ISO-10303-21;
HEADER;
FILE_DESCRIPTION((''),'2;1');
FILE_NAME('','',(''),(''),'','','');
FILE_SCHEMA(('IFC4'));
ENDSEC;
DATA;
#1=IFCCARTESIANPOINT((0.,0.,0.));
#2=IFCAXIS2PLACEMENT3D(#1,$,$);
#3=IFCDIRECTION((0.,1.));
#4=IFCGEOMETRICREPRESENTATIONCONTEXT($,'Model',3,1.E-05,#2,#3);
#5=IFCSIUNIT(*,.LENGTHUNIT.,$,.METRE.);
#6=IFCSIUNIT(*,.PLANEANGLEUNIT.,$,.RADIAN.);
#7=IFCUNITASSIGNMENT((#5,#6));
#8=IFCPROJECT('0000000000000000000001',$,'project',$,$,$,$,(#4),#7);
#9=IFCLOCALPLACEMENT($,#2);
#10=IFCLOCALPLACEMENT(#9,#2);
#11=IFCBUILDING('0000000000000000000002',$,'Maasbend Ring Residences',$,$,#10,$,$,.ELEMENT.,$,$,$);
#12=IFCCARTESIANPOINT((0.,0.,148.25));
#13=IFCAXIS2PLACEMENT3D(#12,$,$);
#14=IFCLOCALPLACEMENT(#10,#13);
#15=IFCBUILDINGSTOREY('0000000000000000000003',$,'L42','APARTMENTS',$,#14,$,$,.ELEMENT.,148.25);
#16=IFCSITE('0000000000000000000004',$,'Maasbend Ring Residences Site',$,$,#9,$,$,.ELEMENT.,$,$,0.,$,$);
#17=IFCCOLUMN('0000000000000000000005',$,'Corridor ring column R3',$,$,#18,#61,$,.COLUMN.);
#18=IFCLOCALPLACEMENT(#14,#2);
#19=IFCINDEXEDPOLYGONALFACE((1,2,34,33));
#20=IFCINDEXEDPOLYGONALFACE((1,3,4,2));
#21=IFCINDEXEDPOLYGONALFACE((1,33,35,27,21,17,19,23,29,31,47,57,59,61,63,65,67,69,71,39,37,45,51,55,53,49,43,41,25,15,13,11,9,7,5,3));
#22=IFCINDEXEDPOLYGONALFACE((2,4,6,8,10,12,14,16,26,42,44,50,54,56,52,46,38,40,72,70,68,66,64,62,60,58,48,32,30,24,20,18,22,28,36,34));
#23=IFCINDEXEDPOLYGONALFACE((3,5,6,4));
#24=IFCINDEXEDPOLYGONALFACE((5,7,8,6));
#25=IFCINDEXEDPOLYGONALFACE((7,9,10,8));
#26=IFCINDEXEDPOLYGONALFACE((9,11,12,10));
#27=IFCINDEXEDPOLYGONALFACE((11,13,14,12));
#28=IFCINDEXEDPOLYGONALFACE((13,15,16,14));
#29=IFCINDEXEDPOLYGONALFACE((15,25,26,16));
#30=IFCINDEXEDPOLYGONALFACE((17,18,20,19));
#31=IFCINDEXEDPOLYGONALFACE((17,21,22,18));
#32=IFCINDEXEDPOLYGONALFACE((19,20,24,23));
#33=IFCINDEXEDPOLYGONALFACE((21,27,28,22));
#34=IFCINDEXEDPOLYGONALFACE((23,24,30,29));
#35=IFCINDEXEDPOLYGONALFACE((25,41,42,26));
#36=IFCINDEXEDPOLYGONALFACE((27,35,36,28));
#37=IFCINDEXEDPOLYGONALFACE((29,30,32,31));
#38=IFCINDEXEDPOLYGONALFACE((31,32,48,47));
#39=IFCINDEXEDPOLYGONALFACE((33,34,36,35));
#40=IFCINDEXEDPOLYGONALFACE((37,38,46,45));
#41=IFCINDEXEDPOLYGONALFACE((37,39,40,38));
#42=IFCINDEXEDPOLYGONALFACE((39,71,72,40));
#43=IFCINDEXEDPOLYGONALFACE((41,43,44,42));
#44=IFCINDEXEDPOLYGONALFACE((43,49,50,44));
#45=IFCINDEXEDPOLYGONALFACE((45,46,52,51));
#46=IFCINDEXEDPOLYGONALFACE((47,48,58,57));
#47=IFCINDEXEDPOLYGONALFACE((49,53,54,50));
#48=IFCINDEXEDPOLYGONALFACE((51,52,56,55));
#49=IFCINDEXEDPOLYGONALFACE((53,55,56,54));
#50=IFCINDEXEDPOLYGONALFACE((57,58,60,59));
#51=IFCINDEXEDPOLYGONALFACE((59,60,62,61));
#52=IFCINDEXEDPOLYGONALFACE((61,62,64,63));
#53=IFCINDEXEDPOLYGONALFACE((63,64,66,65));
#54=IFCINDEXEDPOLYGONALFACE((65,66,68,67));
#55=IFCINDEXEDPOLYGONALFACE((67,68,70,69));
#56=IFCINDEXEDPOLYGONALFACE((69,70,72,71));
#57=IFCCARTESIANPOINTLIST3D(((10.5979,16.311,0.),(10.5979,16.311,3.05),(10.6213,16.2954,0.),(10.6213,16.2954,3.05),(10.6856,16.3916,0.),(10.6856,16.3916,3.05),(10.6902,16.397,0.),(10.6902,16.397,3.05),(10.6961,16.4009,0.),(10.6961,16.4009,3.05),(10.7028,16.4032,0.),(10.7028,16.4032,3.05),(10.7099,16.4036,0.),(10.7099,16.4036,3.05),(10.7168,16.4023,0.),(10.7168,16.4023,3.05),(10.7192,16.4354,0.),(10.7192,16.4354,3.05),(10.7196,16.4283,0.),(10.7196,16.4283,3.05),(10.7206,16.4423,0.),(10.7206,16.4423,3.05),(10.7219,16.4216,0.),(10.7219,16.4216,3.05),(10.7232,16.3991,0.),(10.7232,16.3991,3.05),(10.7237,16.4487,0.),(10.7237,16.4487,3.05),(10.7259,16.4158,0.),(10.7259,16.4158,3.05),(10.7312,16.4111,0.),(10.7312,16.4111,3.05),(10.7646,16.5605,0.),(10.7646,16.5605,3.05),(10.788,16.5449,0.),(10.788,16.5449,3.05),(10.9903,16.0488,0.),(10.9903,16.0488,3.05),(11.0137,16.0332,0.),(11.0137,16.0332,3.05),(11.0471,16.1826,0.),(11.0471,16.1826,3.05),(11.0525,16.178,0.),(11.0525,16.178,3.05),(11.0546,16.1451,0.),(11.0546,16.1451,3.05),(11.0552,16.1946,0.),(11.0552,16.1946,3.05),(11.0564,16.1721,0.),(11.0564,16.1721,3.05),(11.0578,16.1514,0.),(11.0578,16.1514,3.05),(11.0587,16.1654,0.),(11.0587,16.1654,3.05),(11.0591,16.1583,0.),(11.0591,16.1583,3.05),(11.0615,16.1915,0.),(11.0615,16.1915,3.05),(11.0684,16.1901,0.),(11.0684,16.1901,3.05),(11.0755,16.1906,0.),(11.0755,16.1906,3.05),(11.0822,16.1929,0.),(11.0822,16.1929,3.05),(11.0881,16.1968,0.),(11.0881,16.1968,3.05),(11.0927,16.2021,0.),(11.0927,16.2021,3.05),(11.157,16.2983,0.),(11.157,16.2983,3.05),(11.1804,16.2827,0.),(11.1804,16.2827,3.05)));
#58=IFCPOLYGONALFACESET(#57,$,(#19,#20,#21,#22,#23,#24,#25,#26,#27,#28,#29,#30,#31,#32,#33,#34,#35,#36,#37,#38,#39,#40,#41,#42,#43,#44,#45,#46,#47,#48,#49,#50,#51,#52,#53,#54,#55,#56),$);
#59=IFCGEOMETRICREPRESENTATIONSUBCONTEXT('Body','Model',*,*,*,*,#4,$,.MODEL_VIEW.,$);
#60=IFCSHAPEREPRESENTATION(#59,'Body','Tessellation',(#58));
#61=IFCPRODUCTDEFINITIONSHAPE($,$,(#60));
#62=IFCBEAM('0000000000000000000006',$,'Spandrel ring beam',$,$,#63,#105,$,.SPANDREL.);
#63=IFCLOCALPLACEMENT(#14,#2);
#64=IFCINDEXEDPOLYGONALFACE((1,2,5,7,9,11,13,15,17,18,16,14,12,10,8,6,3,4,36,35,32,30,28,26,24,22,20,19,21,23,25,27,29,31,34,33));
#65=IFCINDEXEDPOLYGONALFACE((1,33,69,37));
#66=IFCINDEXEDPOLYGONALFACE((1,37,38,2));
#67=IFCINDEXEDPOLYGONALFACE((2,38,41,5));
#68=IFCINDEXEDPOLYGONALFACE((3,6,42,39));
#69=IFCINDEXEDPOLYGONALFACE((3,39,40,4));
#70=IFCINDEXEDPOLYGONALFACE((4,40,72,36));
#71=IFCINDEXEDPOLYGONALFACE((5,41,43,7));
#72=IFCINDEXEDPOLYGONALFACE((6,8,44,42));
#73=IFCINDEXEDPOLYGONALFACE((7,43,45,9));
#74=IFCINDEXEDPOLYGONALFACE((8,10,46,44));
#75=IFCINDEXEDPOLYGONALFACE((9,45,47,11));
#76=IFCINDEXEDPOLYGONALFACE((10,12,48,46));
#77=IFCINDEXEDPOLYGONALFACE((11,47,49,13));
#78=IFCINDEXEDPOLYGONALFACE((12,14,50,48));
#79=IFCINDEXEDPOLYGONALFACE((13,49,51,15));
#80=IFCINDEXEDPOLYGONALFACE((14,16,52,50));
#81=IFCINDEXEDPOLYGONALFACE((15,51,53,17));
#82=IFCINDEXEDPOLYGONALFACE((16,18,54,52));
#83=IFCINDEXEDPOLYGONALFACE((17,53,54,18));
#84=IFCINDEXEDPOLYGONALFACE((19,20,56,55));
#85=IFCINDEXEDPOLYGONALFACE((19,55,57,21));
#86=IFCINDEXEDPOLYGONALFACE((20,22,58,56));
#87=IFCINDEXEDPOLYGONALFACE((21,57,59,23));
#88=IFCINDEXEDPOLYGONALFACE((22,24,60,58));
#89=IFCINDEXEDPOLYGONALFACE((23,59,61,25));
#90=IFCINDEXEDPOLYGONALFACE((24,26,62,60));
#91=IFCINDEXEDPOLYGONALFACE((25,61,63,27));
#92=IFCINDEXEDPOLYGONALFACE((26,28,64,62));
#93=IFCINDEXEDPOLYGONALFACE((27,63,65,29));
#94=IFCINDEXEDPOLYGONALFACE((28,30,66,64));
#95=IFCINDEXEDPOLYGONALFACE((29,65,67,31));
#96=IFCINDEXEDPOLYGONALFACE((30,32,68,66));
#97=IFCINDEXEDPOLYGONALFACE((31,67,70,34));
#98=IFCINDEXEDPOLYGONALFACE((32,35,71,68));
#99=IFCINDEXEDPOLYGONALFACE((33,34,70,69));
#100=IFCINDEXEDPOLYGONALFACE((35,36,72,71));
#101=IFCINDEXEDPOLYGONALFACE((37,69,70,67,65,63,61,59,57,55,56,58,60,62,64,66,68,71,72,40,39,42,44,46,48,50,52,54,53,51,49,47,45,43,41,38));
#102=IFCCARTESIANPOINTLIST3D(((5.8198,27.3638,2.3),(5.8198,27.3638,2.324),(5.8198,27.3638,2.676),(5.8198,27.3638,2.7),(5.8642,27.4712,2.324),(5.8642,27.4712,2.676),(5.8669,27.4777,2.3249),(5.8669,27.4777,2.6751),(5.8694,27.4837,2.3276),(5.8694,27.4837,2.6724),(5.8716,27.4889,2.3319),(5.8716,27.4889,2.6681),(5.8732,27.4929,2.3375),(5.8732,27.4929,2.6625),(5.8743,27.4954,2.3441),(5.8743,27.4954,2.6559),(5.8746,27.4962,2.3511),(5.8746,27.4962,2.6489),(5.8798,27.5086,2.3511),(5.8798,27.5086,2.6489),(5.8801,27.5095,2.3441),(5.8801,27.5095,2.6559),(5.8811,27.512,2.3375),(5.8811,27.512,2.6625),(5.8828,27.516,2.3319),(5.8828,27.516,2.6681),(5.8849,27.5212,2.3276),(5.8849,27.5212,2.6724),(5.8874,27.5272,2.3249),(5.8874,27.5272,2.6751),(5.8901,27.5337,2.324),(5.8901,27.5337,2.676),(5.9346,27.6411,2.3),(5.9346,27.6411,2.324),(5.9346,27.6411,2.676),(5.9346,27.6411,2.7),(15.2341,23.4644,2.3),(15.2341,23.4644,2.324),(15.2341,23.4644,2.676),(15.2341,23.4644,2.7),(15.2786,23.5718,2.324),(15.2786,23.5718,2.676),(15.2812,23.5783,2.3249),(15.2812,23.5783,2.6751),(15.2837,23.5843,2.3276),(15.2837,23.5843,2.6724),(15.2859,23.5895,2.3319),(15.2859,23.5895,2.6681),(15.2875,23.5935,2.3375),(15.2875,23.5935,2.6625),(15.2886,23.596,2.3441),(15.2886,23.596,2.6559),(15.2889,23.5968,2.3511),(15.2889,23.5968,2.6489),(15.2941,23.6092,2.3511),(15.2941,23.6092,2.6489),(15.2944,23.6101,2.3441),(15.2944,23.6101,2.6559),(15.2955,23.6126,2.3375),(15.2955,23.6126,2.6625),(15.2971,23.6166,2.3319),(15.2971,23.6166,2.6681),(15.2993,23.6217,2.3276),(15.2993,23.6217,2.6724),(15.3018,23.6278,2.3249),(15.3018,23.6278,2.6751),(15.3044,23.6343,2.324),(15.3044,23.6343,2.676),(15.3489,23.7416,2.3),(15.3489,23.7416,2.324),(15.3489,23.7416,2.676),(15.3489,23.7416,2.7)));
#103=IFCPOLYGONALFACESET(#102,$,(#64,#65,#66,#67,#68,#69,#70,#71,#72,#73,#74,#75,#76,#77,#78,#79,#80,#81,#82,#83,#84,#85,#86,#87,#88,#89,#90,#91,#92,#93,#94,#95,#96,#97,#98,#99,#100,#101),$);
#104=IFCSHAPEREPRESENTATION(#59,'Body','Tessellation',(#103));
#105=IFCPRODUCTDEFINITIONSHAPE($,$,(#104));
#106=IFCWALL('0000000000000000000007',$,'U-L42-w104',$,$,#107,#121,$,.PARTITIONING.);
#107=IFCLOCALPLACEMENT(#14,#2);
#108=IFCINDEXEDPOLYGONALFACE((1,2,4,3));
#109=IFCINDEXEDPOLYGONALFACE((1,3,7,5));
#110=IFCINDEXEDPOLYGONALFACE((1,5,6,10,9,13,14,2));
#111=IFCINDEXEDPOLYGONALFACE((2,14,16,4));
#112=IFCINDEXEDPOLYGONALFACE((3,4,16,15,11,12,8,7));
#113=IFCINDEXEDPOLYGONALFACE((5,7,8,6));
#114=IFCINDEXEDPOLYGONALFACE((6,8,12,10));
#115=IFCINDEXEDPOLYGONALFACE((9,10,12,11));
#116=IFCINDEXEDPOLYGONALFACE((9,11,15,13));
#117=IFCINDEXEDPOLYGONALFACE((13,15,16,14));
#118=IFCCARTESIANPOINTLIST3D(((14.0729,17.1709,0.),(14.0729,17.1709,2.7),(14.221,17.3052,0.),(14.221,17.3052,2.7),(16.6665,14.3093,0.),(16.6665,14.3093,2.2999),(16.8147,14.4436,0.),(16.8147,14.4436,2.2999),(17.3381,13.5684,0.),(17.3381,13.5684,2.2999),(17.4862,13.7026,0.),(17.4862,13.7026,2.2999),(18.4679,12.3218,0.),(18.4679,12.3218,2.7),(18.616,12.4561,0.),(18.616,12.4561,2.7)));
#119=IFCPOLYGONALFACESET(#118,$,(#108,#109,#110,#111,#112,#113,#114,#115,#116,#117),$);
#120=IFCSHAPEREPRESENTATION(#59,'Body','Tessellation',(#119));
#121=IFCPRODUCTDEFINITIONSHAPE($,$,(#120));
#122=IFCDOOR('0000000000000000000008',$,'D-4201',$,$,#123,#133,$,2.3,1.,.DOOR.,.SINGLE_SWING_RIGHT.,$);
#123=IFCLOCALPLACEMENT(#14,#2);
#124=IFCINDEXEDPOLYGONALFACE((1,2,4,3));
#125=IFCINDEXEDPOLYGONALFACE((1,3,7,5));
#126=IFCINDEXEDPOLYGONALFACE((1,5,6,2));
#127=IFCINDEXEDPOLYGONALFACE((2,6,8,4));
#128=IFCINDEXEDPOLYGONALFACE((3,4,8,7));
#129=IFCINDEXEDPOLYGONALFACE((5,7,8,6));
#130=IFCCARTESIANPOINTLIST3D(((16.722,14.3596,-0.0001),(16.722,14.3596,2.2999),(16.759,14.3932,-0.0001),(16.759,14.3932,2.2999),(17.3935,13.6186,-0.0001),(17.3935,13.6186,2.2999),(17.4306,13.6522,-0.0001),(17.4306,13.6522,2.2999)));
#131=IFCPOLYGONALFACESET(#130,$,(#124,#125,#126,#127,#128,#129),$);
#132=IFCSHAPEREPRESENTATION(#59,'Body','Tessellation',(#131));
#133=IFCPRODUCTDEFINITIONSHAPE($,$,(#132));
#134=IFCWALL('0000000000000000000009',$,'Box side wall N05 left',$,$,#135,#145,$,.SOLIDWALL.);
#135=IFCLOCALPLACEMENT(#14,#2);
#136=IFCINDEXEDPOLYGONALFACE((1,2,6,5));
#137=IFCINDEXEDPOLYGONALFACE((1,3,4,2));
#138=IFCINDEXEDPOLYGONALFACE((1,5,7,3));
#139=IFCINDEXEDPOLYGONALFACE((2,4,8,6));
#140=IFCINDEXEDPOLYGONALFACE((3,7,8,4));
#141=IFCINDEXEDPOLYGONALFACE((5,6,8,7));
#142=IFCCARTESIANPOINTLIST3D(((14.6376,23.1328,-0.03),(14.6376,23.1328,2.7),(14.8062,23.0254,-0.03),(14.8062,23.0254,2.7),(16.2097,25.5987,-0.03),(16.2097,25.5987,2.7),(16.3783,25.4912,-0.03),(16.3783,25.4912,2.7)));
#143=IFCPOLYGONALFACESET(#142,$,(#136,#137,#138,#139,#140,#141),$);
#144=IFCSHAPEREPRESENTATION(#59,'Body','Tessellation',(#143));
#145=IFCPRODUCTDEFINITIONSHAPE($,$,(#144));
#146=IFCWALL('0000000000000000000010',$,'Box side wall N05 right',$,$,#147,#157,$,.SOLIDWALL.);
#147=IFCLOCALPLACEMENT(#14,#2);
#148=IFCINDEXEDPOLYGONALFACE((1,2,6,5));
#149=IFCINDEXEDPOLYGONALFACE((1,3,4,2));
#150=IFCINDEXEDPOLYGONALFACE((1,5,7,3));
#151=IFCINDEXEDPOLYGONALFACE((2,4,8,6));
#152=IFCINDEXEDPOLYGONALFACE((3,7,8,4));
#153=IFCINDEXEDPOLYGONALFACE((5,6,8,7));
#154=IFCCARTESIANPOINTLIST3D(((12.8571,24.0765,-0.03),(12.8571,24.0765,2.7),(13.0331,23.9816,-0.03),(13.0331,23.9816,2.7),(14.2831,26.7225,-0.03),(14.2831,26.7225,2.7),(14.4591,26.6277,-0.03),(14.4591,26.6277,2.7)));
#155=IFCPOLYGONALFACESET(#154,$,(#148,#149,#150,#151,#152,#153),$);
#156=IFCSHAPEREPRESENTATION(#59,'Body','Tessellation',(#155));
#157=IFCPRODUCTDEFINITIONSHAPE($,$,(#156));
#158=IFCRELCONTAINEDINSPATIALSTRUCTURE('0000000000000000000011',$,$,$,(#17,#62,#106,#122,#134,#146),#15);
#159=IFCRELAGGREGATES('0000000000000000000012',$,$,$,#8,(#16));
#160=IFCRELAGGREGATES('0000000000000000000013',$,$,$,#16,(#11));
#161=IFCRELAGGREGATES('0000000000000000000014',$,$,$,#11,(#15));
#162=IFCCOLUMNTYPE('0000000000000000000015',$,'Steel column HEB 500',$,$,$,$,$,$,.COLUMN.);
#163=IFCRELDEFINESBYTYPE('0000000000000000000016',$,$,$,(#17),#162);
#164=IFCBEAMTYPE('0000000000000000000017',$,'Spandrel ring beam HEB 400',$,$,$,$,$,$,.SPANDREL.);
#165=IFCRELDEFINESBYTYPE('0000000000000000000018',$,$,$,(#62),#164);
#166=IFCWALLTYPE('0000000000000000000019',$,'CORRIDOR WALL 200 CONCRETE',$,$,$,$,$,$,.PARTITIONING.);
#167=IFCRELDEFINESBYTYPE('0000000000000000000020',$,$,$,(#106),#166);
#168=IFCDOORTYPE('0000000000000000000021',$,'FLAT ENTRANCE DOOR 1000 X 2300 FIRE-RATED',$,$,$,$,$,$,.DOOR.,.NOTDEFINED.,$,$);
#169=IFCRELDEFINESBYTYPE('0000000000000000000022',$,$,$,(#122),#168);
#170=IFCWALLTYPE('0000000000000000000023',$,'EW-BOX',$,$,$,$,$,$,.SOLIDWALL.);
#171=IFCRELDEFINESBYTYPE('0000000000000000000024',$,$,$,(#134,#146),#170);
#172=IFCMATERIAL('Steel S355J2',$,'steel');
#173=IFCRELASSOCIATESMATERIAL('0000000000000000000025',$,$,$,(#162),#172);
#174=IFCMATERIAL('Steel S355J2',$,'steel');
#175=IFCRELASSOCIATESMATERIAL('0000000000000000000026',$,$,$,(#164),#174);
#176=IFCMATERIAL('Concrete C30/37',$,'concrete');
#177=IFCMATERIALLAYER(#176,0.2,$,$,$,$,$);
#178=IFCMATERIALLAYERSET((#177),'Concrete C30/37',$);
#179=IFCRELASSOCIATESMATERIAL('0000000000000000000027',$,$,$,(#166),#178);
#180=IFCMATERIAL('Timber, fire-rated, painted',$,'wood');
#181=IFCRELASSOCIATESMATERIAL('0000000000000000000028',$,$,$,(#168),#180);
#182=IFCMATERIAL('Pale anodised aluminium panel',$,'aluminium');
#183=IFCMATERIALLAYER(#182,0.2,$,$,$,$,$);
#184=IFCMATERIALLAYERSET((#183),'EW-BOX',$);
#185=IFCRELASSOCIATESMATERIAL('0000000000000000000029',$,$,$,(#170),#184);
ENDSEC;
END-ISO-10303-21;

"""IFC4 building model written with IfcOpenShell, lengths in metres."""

from ifc_helpers import new_model, si_unit, direction, frame, frame_2d, origin, origin_2d, place, context, subcontext, project, spatial, rectangle, i_section, extrude, material, layer, layer_set, material_profile, profile_set, type_object, element, fill, save


model = new_model("IFC4")

# Units and contexts
model_context = context("Model", 3, precision=1e-05, world=origin(), true_north=direction((0.0, 1.0)))
body_context = subcontext(model_context, "Body", "Model", "MODEL_VIEW")
ifc_project = project(units=[si_unit("LENGTHUNIT", "METRE"), si_unit("PLANEANGLEUNIT", "RADIAN")], contexts=[model_context])

# Site, building, storey
site_placement = place(None, origin())
site = spatial("IfcSite", under=ifc_project, at=site_placement, Name="Maasbend Ring Residences Site", CompositionType="ELEMENT", RefElevation=0.0)
building_placement = place(site_placement, origin())
building = spatial("IfcBuilding", under=site, at=building_placement, Name="Maasbend Ring Residences", CompositionType="ELEMENT")
storey_placement = place(building_placement, frame((0.0, 0.0, 148.25)))
storey = spatial("IfcBuildingStorey", under=building, at=storey_placement, Name="L42", Description="APARTMENTS", CompositionType="ELEMENT", Elevation=148.25)

# Column
ifc_material_1 = material(Name="Steel S355J2", Category="steel")
ifc_material_profile_1 = material_profile(ifc_material_1, i_section(OverallWidth=0.3, OverallDepth=0.5, WebThickness=0.0144, FlangeThickness=0.0281, FilletRadius=0.0271, at=origin_2d()), Name="HEB 500")
ifc_profile_set_1 = profile_set([ifc_material_profile_1], Name="Steel S355J2")
column_type = type_object("IfcColumnType", Name="Steel column HEB 500", PredefinedType="COLUMN", material=ifc_profile_set_1)
column_placement = place(storey_placement, frame((10.8892, 16.2969, 0.0), z_axis=(0.0, 0.0, 1.0), x_axis=(0.55557, 0.83147, 0.0)))
element("IfcColumn", 1, at=column_placement, inside=storey, type_object=column_type, Name="Corridor ring column R3", PredefinedType="COLUMN", context=body_context, shape_type="SweptSolid", body=[
    extrude(i_section(OverallWidth=0.3, OverallDepth=0.5, WebThickness=0.0144, FlangeThickness=0.0281, FilletRadius=0.0271, at=origin_2d()), origin(), (0.0, 0.0, 1.0), 3.05),
])

# Beam
ifc_material_2 = material(Name="Steel S355J2", Category="steel")
ifc_material_profile_2 = material_profile(ifc_material_2, i_section(OverallWidth=0.3, OverallDepth=0.3999, WebThickness=0.0134, FlangeThickness=0.0239, FilletRadius=0.0271, at=origin_2d()), Name="HEB 400")
ifc_profile_set_2 = profile_set([ifc_material_profile_2], Name="Steel S355J2")
beam_type = type_object("IfcBeamType", Name="Spandrel ring beam HEB 400", PredefinedType="SPANDREL", material=ifc_profile_set_2)
beam_placement = place(storey_placement, frame((15.2915, 23.603, 2.5), z_axis=(-0.923884, 0.382673, 0.0), x_axis=(-0.382673, -0.923884, 0.0)))
element("IfcBeam", 2, at=beam_placement, inside=storey, type_object=beam_type, Name="Spandrel ring beam", PredefinedType="SPANDREL", context=body_context, shape_type="SweptSolid", body=[
    extrude(i_section(OverallWidth=0.3, OverallDepth=0.3999, WebThickness=0.0134, FlangeThickness=0.0239, FilletRadius=0.0271, at=origin_2d()), origin(), (0.0, 0.0, 1.0), 10.1899),
])

# Wall, opening, door
ifc_material_3 = material(Name="Concrete C30/37", Category="concrete")
ifc_layer_1 = layer(ifc_material_3, 0.2)
ifc_layer_set_1 = layer_set([ifc_layer_1], Name="Concrete C30/37")
wall_type_1 = type_object("IfcWallType", Name="CORRIDOR WALL 200 CONCRETE", PredefinedType="PARTITIONING", material=ifc_layer_set_1)
wall_1_placement = place(storey_placement, frame((14.147, 17.238, 0.0), z_axis=(0.0, 0.0, 1.0), x_axis=(0.671562, -0.740949, 0.0)))
wall_1 = element("IfcWall", 3, at=wall_1_placement, inside=storey, type_object=wall_type_1, Name="U-L42-w104", PredefinedType="PARTITIONING", context=body_context, shape_type="SweptSolid", body=[
    extrude(rectangle(XDim=6.5444, YDim=0.2, at=frame_2d((3.2722, 0.0))), origin(), (0.0, 0.0, 1.0), 2.7),
])
opening_1_placement = place(wall_1_placement, frame((3.8621, 0.0, 0.0)))
opening_1 = element("IfcOpeningElement", 4, at=opening_1_placement, cuts=wall_1, PredefinedType="OPENING", context=body_context, shape_type="SweptSolid", body=[
    extrude(rectangle(XDim=1.0, YDim=2.3, at=frame_2d((0.5, 1.1499))), frame((0.0, 0.1099, 0.0), z_axis=(0.0, -1.0, 0.0), x_axis=(1.0, 0.0, 0.0)), (0.0, 0.0, 1.0), 0.22),
])
ifc_material_4 = material(Name="Timber, fire-rated, painted", Category="wood")
door_type_1 = type_object("IfcDoorType", Name="FLAT ENTRANCE DOOR 1000 X 2300 FIRE-RATED", OperationType="NOTDEFINED", PredefinedType="DOOR", material=ifc_material_4)
door_1_placement = place(opening_1_placement, origin())
door_1 = element("IfcDoor", 5, at=door_1_placement, inside=storey, type_object=door_type_1, Name="D-4201", OperationType="SINGLE_SWING_RIGHT", OverallHeight=2.3, OverallWidth=1.0, PredefinedType="DOOR", context=body_context, shape_type="SweptSolid", body=[
    extrude(rectangle(XDim=1.0, YDim=2.3, at=frame_2d((0.5, 1.1499))), frame((0.0, 0.0249, 0.0), z_axis=(0.0, -1.0, 0.0), x_axis=(1.0, 0.0, 0.0)), (0.0, 0.0, 1.0), 0.05),
])
fill(opening_1, door_1)

# Walls
ifc_material_5 = material(Name="Pale anodised aluminium panel", Category="aluminium")
ifc_layer_2 = layer(ifc_material_5, 0.2)
ifc_layer_set_2 = layer_set([ifc_layer_2], Name="EW-BOX")
wall_type_2 = type_object("IfcWallType", Name="EW-BOX", PredefinedType="SOLIDWALL", material=ifc_layer_set_2)
wall_2_placement = place(storey_placement, frame((14.7219, 23.0791, -0.03), z_axis=(0.0, 0.0, 1.0), x_axis=(0.537572, 0.843218, 0.0)))
element("IfcWall", 6, at=wall_2_placement, inside=storey, type_object=wall_type_2, Name="Box side wall N05 left", PredefinedType="SOLIDWALL", context=body_context, shape_type="SweptSolid", body=[
    extrude(rectangle(XDim=2.9243, YDim=0.2, at=frame_2d((1.4622, 0.0))), origin(), (0.0, 0.0, 1.0), 2.73),
])
wall_3_placement = place(storey_placement, frame((12.9451, 24.0291, -0.03), z_axis=(0.0, 0.0, 1.0), x_axis=(0.474424, 0.880296, 0.0)))
element("IfcWall", 7, at=wall_3_placement, inside=storey, type_object=wall_type_2, Name="Box side wall N05 right", PredefinedType="SOLIDWALL", context=body_context, shape_type="SweptSolid", body=[
    extrude(rectangle(XDim=3.0059, YDim=0.2, at=frame_2d((1.5029, 0.0))), origin(), (0.0, 0.0, 1.0), 2.73),
])

save(model, "model.ifc")
